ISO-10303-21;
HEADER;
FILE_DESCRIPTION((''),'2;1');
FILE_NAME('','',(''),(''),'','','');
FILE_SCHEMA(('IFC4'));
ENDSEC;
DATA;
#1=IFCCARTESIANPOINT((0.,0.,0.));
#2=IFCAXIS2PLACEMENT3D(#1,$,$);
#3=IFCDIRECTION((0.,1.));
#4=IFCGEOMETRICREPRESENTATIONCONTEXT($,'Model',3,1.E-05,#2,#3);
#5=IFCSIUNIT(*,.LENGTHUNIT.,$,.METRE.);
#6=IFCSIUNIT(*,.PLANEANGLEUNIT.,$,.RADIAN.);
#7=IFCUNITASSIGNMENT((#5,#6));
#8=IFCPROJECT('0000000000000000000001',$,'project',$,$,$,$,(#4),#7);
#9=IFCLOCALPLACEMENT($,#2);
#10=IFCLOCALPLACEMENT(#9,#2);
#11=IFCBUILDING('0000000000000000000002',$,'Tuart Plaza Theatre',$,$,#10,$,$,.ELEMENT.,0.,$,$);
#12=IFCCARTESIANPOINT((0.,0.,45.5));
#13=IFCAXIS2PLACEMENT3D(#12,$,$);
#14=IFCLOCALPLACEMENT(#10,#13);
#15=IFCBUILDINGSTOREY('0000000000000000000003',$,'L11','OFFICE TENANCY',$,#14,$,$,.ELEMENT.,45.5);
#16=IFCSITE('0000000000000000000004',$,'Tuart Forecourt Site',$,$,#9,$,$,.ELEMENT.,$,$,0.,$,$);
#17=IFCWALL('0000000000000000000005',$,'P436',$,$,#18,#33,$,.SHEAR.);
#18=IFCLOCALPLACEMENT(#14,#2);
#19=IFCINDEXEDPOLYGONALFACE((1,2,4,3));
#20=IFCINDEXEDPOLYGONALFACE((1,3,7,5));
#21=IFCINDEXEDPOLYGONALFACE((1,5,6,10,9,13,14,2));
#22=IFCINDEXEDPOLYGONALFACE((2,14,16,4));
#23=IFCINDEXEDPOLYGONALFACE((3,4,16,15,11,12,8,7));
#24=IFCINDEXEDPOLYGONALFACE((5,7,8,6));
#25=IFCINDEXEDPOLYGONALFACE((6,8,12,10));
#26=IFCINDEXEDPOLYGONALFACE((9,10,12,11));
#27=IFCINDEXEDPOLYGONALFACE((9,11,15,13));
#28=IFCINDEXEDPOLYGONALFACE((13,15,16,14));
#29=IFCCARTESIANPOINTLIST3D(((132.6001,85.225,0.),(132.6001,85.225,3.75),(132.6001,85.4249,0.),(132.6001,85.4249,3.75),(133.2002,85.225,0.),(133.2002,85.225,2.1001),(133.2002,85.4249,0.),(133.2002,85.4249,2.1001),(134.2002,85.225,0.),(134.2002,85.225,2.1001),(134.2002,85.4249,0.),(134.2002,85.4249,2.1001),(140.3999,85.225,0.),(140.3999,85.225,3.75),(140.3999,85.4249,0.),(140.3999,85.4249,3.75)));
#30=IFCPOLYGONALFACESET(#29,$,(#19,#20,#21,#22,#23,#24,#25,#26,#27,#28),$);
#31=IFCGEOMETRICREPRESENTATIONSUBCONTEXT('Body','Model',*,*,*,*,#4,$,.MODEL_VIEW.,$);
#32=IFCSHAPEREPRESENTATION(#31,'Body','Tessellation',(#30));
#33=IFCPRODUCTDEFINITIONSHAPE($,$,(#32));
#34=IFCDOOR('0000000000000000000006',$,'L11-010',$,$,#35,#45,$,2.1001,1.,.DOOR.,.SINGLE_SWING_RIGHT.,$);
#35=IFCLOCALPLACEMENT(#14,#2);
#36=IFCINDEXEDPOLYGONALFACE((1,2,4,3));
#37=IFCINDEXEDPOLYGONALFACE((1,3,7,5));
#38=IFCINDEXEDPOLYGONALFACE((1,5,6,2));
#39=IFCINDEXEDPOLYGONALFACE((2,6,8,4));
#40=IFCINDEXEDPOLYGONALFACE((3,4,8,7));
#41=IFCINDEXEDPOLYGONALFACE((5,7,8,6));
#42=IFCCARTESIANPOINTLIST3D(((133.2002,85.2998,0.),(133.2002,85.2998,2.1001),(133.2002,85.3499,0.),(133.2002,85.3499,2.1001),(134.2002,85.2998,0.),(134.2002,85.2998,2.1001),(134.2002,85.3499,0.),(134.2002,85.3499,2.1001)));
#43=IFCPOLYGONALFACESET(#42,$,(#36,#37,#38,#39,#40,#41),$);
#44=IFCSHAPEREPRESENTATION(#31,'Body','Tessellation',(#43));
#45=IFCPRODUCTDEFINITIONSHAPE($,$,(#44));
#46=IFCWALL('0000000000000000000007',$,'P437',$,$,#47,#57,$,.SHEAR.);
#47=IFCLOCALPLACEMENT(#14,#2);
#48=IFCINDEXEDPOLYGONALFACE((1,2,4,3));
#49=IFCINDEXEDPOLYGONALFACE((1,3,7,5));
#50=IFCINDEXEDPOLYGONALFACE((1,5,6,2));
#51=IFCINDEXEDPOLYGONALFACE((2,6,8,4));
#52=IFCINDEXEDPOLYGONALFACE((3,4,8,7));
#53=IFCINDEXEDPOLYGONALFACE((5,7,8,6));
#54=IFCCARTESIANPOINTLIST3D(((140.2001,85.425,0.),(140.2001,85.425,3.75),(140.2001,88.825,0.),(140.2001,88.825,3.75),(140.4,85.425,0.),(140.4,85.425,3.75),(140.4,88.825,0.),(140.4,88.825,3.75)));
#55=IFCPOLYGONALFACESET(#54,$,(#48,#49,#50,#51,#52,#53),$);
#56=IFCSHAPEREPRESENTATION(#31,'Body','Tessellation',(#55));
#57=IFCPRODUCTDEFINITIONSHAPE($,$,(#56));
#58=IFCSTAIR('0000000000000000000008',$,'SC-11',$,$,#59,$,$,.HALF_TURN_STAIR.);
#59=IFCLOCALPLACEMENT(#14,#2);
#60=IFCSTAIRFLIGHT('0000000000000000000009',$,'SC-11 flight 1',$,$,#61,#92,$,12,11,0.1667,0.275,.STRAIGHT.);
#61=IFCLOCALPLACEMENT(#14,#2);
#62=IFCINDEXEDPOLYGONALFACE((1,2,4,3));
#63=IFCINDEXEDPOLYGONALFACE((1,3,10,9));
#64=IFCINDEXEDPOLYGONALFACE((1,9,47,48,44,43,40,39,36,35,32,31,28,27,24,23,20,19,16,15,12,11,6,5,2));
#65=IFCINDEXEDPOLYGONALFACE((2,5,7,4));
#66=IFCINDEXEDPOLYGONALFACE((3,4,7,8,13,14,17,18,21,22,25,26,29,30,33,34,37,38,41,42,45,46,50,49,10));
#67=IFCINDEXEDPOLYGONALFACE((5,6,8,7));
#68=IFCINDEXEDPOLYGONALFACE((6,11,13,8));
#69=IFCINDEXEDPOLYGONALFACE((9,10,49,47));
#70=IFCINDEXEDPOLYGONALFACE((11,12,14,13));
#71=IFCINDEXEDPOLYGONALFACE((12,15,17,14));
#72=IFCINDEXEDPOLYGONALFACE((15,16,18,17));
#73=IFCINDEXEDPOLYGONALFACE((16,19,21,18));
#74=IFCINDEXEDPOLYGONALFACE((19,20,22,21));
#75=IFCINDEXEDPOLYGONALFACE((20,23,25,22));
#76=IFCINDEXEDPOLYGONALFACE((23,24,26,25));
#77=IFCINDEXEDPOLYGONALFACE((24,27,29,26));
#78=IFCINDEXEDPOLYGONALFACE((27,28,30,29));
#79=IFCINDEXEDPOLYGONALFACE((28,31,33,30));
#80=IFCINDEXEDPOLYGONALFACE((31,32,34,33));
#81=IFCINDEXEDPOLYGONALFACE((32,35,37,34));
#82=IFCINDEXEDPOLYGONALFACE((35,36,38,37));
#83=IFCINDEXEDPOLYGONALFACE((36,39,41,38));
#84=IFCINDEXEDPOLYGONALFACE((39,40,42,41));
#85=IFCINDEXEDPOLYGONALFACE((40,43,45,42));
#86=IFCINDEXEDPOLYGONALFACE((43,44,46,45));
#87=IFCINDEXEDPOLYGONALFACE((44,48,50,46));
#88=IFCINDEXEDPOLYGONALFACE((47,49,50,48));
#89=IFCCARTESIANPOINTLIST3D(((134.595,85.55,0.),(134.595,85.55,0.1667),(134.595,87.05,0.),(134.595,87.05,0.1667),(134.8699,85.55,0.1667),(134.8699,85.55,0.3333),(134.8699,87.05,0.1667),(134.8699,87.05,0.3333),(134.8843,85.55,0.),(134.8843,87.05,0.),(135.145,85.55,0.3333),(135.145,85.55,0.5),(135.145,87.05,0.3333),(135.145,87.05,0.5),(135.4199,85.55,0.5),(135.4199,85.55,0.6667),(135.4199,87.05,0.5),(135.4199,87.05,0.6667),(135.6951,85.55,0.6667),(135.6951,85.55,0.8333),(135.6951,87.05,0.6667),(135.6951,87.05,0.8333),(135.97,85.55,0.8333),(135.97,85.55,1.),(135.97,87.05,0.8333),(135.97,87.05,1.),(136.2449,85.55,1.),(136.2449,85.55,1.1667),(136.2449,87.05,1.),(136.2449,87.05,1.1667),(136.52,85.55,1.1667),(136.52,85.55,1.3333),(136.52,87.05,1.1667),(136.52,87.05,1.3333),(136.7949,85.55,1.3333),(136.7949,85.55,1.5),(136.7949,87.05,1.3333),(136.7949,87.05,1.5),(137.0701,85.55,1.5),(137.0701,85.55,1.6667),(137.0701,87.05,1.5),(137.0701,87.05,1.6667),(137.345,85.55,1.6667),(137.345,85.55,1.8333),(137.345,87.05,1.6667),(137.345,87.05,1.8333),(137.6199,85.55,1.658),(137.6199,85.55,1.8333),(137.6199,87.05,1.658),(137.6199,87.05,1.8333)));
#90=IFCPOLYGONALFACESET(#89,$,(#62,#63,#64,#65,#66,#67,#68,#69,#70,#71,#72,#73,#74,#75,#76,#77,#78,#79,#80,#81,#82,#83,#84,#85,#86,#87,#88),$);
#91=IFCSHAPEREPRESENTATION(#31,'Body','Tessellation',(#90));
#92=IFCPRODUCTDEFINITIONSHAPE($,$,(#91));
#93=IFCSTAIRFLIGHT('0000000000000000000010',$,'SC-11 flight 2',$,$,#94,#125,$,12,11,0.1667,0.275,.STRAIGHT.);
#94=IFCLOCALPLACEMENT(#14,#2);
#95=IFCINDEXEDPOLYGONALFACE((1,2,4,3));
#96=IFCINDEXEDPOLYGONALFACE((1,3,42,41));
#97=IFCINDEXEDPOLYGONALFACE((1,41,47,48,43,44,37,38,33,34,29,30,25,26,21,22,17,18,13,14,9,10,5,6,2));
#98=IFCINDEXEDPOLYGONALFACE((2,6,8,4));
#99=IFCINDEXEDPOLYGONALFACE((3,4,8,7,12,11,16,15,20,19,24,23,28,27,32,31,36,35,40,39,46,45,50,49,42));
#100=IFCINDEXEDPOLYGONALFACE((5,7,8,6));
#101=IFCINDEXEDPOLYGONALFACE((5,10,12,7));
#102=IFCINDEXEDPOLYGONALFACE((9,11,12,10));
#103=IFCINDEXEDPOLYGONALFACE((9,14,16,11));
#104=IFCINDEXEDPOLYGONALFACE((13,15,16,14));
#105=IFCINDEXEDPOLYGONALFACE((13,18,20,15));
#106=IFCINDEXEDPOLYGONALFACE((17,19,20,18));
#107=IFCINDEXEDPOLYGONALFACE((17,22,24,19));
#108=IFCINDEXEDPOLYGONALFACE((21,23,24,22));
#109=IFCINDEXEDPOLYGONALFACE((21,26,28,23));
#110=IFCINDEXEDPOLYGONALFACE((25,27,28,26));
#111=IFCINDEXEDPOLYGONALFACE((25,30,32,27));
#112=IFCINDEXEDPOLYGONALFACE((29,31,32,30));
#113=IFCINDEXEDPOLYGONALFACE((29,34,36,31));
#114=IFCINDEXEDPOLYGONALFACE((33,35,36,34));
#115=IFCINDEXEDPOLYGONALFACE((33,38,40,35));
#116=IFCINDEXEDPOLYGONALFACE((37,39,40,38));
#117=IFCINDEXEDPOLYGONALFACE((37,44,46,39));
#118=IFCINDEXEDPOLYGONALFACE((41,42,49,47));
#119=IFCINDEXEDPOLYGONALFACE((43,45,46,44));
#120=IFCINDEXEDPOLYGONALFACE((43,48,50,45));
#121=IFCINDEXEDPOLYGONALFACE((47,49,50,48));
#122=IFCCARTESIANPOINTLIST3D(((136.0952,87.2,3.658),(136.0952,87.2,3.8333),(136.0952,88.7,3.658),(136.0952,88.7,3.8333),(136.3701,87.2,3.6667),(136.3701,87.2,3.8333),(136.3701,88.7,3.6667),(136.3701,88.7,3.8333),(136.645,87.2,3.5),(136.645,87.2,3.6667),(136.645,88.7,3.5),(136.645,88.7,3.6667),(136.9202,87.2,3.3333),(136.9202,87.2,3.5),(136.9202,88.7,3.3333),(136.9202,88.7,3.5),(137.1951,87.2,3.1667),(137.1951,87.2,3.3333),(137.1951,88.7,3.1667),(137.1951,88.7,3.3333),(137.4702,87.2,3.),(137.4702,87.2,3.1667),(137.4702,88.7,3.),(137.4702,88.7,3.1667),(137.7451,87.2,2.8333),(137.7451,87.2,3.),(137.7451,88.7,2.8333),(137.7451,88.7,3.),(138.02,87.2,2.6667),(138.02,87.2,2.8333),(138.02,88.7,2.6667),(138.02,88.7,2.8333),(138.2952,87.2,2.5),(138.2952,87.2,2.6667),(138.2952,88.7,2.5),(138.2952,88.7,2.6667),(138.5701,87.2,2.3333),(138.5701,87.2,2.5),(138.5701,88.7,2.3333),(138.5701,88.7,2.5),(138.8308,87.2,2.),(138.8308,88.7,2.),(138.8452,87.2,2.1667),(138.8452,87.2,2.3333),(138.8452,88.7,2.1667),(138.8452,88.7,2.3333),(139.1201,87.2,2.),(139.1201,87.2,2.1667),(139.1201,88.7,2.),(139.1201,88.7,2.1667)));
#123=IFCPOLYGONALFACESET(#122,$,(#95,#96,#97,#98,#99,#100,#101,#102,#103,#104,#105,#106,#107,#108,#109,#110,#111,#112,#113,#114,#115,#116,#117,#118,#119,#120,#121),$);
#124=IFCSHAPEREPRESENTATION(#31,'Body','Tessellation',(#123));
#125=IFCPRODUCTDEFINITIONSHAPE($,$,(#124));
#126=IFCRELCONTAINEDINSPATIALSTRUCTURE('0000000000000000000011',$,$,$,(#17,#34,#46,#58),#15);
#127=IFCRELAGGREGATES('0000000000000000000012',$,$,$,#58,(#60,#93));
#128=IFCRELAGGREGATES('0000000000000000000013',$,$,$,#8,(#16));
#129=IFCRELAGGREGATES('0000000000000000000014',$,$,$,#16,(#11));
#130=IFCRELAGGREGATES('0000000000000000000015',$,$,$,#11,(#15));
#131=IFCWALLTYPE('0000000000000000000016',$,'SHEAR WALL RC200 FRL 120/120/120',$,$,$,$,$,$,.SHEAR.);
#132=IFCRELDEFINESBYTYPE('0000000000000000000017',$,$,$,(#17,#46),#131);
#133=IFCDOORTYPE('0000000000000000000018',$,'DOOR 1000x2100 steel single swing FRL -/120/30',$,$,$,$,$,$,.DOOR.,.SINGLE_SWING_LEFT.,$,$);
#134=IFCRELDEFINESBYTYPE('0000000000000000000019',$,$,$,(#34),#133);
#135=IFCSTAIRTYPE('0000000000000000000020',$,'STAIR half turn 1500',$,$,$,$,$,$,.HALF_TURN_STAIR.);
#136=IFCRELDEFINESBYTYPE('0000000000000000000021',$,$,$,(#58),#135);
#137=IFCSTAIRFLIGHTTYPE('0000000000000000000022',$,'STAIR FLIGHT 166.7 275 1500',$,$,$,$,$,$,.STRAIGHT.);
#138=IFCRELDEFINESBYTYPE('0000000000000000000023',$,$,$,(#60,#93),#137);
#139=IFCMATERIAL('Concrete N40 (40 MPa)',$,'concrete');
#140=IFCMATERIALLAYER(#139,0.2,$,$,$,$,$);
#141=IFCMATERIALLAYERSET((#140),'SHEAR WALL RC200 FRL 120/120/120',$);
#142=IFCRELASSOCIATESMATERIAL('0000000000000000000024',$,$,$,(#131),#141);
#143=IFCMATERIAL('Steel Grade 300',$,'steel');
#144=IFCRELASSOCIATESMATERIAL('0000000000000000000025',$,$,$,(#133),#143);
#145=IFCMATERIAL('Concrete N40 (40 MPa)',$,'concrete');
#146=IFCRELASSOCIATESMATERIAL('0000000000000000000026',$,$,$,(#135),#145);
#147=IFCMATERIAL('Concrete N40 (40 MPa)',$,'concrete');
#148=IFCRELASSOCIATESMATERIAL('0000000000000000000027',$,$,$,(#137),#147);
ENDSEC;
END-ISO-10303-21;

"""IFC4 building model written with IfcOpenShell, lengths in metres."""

from ifc_helpers import new_model, si_unit, direction, frame, frame_2d, origin, place, context, subcontext, project, spatial, polyline, rectangle, outline, extrude, material, layer, layer_set, type_object, element, fill, aggregate, save


model = new_model("IFC4")

# Units and contexts
model_context = context("Model", 3, precision=1e-05, world=origin(), true_north=direction((0.0, 1.0)))
body_context = subcontext(model_context, "Body", "Model", "MODEL_VIEW")
ifc_project = project(units=[si_unit("LENGTHUNIT", "METRE"), si_unit("PLANEANGLEUNIT", "RADIAN")], contexts=[model_context])

# Site, building, storey
site_placement = place(None, origin())
site = spatial("IfcSite", under=ifc_project, at=site_placement, Name="Tuart Forecourt Site", CompositionType="ELEMENT", RefElevation=0.0)
building_placement = place(site_placement, origin())
building = spatial("IfcBuilding", under=site, at=building_placement, Name="Tuart Plaza Theatre", CompositionType="ELEMENT", ElevationOfRefHeight=0.0)
storey_placement = place(building_placement, frame((0.0, 0.0, 45.5)))
storey = spatial("IfcBuildingStorey", under=building, at=storey_placement, Name="L11", Description="OFFICE TENANCY", CompositionType="ELEMENT", Elevation=45.5)

# Wall, opening, door
ifc_material_1 = material(Name="Concrete N40 (40 MPa)", Category="concrete")
ifc_layer_1 = layer(ifc_material_1, 0.2)
ifc_layer_set_1 = layer_set([ifc_layer_1], Name="SHEAR WALL RC200 FRL 120/120/120")
wall_type_1 = type_object("IfcWallType", Name="SHEAR WALL RC200 FRL 120/120/120", PredefinedType="SHEAR", material=ifc_layer_set_1)
wall_1_placement = place(storey_placement, frame((132.6001, 85.325, 0.0), z_axis=(0.0, 0.0, 1.0), x_axis=(1.0, 0.0, 0.0)))
wall_1 = element("IfcWall", 1, at=wall_1_placement, inside=storey, type_object=wall_type_1, Name="P436", PredefinedType="SHEAR", context=body_context, shape_type="SweptSolid", body=[
    extrude(rectangle(XDim=7.7998, YDim=0.2, at=frame_2d((3.8999, 0.0))), origin(), (0.0, 0.0, 1.0), 3.75),
])
opening_placement = place(wall_1_placement, frame((0.6001, 0.0, 0.0)))
opening = element("IfcOpeningElement", 2, at=opening_placement, cuts=wall_1, PredefinedType="OPENING", context=body_context, shape_type="SweptSolid", body=[
    extrude(rectangle(XDim=1.0, YDim=2.1001, at=frame_2d((0.5, 1.05))), frame((0.0, 0.1099, 0.0), z_axis=(0.0, -1.0, 0.0), x_axis=(1.0, 0.0, 0.0)), (0.0, 0.0, 1.0), 0.22),
])
ifc_material_2 = material(Name="Steel Grade 300", Category="steel")
door_type = type_object("IfcDoorType", Name="DOOR 1000x2100 steel single swing FRL -/120/30", OperationType="SINGLE_SWING_LEFT", PredefinedType="DOOR", material=ifc_material_2)
door_placement = place(opening_placement, origin())
door = element("IfcDoor", 3, at=door_placement, inside=storey, type_object=door_type, Name="L11-010", OperationType="SINGLE_SWING_RIGHT", OverallHeight=2.1001, OverallWidth=1.0, PredefinedType="DOOR", context=body_context, shape_type="SweptSolid", body=[
    extrude(rectangle(XDim=1.0, YDim=2.1001, at=frame_2d((0.5, 1.05))), frame((0.0, 0.0249, 0.0), z_axis=(0.0, -1.0, 0.0), x_axis=(1.0, 0.0, 0.0)), (0.0, 0.0, 1.0), 0.05),
])
fill(opening, door)

# Wall
wall_2_placement = place(storey_placement, frame((140.3, 85.425, 0.0), z_axis=(0.0, 0.0, 1.0), x_axis=(0.0, 1.0, 0.0)))
element("IfcWall", 4, at=wall_2_placement, inside=storey, type_object=wall_type_1, Name="P437", PredefinedType="SHEAR", context=body_context, shape_type="SweptSolid", body=[
    extrude(rectangle(XDim=3.3999, YDim=0.2, at=frame_2d((1.7, 0.0))), origin(), (0.0, 0.0, 1.0), 3.75),
])

# Stair, stair flights
ifc_material_3 = material(Name="Concrete N40 (40 MPa)", Category="concrete")
stair_type = type_object("IfcStairType", Name="STAIR half turn 1500", PredefinedType="HALF_TURN_STAIR", material=ifc_material_3)
stair_placement = place(storey_placement, origin())
stair = element("IfcStair", 5, at=stair_placement, inside=storey, type_object=stair_type, Name="SC-11", PredefinedType="HALF_TURN_STAIR")
ifc_material_4 = material(Name="Concrete N40 (40 MPa)", Category="concrete")
stair_flight_type = type_object("IfcStairFlightType", Name="STAIR FLIGHT 166.7 275 1500", PredefinedType="STRAIGHT", material=ifc_material_4)
stair_flight_1_placement = place(storey_placement, frame((134.595, 86.3, 0.0), z_axis=(0.0, 0.0, 1.0), x_axis=(1.0, 0.0, 0.0)))
stair_flight_1 = element("IfcStairFlight", 6, at=stair_flight_1_placement, type_object=stair_flight_type, Name="SC-11 flight 1", NumberOfRisers=12, NumberOfTreads=11, PredefinedType="STRAIGHT", RiserHeight=0.1667, TreadLength=0.275, context=body_context, shape_type="SweptSolid", body=[
    extrude(outline(polyline([(0.0, 0.0), (0.0, 0.1667), (0.2749, 0.1667), (0.2749, 0.3333), (0.55, 0.3333), (0.55, 0.5), (0.825, 0.5), (0.825, 0.6667), (1.1001, 0.6667), (1.1001, 0.8333), (1.375, 0.8333), (1.375, 1.0), (1.6499, 1.0), (1.6499, 1.1667), (1.925, 1.1667), (1.925, 1.3333), (2.2, 1.3333), (2.2, 1.5), (2.4751, 1.5), (2.4751, 1.6667), (2.75, 1.6667), (2.75, 1.8333), (3.0249, 1.8333), (3.0249, 2.0), (3.0249, 1.658), (0.2893, 0.0), (0.0, 0.0)])), frame((0.0, 0.75, 0.0), z_axis=(0.0, -1.0, 0.0), x_axis=(1.0, 0.0, 0.0)), (0.0, 0.0, 1.0), 1.5),
])
stair_flight_2_placement = place(storey_placement, frame((139.1201, 87.95, 2.0), z_axis=(0.0, 0.0, 1.0), x_axis=(-1.0, 0.0, 0.0)))
stair_flight_2 = element("IfcStairFlight", 7, at=stair_flight_2_placement, type_object=stair_flight_type, Name="SC-11 flight 2", NumberOfRisers=12, NumberOfTreads=11, PredefinedType="STRAIGHT", RiserHeight=0.1667, TreadLength=0.275, context=body_context, shape_type="SweptSolid", body=[
    extrude(outline(polyline([(0.0, 0.0), (0.0, 0.1667), (0.2749, 0.1667), (0.2749, 0.3333), (0.55, 0.3333), (0.55, 0.5), (0.825, 0.5), (0.825, 0.6667), (1.1001, 0.6667), (1.1001, 0.8333), (1.375, 0.8333), (1.375, 1.0), (1.6499, 1.0), (1.6499, 1.1667), (1.925, 1.1667), (1.925, 1.3333), (2.2, 1.3333), (2.2, 1.5), (2.4751, 1.5), (2.4751, 1.6667), (2.75, 1.6667), (2.75, 1.8333), (3.0249, 1.8333), (3.0249, 2.0), (3.0249, 1.658), (0.2893, 0.0), (0.0, 0.0)])), frame((0.0, 0.75, 0.0), z_axis=(0.0, -1.0, 0.0), x_axis=(1.0, 0.0, 0.0)), (0.0, 0.0, 1.0), 1.5),
])
aggregate(stair, [stair_flight_1, stair_flight_2])

save(model, "model.ifc")
